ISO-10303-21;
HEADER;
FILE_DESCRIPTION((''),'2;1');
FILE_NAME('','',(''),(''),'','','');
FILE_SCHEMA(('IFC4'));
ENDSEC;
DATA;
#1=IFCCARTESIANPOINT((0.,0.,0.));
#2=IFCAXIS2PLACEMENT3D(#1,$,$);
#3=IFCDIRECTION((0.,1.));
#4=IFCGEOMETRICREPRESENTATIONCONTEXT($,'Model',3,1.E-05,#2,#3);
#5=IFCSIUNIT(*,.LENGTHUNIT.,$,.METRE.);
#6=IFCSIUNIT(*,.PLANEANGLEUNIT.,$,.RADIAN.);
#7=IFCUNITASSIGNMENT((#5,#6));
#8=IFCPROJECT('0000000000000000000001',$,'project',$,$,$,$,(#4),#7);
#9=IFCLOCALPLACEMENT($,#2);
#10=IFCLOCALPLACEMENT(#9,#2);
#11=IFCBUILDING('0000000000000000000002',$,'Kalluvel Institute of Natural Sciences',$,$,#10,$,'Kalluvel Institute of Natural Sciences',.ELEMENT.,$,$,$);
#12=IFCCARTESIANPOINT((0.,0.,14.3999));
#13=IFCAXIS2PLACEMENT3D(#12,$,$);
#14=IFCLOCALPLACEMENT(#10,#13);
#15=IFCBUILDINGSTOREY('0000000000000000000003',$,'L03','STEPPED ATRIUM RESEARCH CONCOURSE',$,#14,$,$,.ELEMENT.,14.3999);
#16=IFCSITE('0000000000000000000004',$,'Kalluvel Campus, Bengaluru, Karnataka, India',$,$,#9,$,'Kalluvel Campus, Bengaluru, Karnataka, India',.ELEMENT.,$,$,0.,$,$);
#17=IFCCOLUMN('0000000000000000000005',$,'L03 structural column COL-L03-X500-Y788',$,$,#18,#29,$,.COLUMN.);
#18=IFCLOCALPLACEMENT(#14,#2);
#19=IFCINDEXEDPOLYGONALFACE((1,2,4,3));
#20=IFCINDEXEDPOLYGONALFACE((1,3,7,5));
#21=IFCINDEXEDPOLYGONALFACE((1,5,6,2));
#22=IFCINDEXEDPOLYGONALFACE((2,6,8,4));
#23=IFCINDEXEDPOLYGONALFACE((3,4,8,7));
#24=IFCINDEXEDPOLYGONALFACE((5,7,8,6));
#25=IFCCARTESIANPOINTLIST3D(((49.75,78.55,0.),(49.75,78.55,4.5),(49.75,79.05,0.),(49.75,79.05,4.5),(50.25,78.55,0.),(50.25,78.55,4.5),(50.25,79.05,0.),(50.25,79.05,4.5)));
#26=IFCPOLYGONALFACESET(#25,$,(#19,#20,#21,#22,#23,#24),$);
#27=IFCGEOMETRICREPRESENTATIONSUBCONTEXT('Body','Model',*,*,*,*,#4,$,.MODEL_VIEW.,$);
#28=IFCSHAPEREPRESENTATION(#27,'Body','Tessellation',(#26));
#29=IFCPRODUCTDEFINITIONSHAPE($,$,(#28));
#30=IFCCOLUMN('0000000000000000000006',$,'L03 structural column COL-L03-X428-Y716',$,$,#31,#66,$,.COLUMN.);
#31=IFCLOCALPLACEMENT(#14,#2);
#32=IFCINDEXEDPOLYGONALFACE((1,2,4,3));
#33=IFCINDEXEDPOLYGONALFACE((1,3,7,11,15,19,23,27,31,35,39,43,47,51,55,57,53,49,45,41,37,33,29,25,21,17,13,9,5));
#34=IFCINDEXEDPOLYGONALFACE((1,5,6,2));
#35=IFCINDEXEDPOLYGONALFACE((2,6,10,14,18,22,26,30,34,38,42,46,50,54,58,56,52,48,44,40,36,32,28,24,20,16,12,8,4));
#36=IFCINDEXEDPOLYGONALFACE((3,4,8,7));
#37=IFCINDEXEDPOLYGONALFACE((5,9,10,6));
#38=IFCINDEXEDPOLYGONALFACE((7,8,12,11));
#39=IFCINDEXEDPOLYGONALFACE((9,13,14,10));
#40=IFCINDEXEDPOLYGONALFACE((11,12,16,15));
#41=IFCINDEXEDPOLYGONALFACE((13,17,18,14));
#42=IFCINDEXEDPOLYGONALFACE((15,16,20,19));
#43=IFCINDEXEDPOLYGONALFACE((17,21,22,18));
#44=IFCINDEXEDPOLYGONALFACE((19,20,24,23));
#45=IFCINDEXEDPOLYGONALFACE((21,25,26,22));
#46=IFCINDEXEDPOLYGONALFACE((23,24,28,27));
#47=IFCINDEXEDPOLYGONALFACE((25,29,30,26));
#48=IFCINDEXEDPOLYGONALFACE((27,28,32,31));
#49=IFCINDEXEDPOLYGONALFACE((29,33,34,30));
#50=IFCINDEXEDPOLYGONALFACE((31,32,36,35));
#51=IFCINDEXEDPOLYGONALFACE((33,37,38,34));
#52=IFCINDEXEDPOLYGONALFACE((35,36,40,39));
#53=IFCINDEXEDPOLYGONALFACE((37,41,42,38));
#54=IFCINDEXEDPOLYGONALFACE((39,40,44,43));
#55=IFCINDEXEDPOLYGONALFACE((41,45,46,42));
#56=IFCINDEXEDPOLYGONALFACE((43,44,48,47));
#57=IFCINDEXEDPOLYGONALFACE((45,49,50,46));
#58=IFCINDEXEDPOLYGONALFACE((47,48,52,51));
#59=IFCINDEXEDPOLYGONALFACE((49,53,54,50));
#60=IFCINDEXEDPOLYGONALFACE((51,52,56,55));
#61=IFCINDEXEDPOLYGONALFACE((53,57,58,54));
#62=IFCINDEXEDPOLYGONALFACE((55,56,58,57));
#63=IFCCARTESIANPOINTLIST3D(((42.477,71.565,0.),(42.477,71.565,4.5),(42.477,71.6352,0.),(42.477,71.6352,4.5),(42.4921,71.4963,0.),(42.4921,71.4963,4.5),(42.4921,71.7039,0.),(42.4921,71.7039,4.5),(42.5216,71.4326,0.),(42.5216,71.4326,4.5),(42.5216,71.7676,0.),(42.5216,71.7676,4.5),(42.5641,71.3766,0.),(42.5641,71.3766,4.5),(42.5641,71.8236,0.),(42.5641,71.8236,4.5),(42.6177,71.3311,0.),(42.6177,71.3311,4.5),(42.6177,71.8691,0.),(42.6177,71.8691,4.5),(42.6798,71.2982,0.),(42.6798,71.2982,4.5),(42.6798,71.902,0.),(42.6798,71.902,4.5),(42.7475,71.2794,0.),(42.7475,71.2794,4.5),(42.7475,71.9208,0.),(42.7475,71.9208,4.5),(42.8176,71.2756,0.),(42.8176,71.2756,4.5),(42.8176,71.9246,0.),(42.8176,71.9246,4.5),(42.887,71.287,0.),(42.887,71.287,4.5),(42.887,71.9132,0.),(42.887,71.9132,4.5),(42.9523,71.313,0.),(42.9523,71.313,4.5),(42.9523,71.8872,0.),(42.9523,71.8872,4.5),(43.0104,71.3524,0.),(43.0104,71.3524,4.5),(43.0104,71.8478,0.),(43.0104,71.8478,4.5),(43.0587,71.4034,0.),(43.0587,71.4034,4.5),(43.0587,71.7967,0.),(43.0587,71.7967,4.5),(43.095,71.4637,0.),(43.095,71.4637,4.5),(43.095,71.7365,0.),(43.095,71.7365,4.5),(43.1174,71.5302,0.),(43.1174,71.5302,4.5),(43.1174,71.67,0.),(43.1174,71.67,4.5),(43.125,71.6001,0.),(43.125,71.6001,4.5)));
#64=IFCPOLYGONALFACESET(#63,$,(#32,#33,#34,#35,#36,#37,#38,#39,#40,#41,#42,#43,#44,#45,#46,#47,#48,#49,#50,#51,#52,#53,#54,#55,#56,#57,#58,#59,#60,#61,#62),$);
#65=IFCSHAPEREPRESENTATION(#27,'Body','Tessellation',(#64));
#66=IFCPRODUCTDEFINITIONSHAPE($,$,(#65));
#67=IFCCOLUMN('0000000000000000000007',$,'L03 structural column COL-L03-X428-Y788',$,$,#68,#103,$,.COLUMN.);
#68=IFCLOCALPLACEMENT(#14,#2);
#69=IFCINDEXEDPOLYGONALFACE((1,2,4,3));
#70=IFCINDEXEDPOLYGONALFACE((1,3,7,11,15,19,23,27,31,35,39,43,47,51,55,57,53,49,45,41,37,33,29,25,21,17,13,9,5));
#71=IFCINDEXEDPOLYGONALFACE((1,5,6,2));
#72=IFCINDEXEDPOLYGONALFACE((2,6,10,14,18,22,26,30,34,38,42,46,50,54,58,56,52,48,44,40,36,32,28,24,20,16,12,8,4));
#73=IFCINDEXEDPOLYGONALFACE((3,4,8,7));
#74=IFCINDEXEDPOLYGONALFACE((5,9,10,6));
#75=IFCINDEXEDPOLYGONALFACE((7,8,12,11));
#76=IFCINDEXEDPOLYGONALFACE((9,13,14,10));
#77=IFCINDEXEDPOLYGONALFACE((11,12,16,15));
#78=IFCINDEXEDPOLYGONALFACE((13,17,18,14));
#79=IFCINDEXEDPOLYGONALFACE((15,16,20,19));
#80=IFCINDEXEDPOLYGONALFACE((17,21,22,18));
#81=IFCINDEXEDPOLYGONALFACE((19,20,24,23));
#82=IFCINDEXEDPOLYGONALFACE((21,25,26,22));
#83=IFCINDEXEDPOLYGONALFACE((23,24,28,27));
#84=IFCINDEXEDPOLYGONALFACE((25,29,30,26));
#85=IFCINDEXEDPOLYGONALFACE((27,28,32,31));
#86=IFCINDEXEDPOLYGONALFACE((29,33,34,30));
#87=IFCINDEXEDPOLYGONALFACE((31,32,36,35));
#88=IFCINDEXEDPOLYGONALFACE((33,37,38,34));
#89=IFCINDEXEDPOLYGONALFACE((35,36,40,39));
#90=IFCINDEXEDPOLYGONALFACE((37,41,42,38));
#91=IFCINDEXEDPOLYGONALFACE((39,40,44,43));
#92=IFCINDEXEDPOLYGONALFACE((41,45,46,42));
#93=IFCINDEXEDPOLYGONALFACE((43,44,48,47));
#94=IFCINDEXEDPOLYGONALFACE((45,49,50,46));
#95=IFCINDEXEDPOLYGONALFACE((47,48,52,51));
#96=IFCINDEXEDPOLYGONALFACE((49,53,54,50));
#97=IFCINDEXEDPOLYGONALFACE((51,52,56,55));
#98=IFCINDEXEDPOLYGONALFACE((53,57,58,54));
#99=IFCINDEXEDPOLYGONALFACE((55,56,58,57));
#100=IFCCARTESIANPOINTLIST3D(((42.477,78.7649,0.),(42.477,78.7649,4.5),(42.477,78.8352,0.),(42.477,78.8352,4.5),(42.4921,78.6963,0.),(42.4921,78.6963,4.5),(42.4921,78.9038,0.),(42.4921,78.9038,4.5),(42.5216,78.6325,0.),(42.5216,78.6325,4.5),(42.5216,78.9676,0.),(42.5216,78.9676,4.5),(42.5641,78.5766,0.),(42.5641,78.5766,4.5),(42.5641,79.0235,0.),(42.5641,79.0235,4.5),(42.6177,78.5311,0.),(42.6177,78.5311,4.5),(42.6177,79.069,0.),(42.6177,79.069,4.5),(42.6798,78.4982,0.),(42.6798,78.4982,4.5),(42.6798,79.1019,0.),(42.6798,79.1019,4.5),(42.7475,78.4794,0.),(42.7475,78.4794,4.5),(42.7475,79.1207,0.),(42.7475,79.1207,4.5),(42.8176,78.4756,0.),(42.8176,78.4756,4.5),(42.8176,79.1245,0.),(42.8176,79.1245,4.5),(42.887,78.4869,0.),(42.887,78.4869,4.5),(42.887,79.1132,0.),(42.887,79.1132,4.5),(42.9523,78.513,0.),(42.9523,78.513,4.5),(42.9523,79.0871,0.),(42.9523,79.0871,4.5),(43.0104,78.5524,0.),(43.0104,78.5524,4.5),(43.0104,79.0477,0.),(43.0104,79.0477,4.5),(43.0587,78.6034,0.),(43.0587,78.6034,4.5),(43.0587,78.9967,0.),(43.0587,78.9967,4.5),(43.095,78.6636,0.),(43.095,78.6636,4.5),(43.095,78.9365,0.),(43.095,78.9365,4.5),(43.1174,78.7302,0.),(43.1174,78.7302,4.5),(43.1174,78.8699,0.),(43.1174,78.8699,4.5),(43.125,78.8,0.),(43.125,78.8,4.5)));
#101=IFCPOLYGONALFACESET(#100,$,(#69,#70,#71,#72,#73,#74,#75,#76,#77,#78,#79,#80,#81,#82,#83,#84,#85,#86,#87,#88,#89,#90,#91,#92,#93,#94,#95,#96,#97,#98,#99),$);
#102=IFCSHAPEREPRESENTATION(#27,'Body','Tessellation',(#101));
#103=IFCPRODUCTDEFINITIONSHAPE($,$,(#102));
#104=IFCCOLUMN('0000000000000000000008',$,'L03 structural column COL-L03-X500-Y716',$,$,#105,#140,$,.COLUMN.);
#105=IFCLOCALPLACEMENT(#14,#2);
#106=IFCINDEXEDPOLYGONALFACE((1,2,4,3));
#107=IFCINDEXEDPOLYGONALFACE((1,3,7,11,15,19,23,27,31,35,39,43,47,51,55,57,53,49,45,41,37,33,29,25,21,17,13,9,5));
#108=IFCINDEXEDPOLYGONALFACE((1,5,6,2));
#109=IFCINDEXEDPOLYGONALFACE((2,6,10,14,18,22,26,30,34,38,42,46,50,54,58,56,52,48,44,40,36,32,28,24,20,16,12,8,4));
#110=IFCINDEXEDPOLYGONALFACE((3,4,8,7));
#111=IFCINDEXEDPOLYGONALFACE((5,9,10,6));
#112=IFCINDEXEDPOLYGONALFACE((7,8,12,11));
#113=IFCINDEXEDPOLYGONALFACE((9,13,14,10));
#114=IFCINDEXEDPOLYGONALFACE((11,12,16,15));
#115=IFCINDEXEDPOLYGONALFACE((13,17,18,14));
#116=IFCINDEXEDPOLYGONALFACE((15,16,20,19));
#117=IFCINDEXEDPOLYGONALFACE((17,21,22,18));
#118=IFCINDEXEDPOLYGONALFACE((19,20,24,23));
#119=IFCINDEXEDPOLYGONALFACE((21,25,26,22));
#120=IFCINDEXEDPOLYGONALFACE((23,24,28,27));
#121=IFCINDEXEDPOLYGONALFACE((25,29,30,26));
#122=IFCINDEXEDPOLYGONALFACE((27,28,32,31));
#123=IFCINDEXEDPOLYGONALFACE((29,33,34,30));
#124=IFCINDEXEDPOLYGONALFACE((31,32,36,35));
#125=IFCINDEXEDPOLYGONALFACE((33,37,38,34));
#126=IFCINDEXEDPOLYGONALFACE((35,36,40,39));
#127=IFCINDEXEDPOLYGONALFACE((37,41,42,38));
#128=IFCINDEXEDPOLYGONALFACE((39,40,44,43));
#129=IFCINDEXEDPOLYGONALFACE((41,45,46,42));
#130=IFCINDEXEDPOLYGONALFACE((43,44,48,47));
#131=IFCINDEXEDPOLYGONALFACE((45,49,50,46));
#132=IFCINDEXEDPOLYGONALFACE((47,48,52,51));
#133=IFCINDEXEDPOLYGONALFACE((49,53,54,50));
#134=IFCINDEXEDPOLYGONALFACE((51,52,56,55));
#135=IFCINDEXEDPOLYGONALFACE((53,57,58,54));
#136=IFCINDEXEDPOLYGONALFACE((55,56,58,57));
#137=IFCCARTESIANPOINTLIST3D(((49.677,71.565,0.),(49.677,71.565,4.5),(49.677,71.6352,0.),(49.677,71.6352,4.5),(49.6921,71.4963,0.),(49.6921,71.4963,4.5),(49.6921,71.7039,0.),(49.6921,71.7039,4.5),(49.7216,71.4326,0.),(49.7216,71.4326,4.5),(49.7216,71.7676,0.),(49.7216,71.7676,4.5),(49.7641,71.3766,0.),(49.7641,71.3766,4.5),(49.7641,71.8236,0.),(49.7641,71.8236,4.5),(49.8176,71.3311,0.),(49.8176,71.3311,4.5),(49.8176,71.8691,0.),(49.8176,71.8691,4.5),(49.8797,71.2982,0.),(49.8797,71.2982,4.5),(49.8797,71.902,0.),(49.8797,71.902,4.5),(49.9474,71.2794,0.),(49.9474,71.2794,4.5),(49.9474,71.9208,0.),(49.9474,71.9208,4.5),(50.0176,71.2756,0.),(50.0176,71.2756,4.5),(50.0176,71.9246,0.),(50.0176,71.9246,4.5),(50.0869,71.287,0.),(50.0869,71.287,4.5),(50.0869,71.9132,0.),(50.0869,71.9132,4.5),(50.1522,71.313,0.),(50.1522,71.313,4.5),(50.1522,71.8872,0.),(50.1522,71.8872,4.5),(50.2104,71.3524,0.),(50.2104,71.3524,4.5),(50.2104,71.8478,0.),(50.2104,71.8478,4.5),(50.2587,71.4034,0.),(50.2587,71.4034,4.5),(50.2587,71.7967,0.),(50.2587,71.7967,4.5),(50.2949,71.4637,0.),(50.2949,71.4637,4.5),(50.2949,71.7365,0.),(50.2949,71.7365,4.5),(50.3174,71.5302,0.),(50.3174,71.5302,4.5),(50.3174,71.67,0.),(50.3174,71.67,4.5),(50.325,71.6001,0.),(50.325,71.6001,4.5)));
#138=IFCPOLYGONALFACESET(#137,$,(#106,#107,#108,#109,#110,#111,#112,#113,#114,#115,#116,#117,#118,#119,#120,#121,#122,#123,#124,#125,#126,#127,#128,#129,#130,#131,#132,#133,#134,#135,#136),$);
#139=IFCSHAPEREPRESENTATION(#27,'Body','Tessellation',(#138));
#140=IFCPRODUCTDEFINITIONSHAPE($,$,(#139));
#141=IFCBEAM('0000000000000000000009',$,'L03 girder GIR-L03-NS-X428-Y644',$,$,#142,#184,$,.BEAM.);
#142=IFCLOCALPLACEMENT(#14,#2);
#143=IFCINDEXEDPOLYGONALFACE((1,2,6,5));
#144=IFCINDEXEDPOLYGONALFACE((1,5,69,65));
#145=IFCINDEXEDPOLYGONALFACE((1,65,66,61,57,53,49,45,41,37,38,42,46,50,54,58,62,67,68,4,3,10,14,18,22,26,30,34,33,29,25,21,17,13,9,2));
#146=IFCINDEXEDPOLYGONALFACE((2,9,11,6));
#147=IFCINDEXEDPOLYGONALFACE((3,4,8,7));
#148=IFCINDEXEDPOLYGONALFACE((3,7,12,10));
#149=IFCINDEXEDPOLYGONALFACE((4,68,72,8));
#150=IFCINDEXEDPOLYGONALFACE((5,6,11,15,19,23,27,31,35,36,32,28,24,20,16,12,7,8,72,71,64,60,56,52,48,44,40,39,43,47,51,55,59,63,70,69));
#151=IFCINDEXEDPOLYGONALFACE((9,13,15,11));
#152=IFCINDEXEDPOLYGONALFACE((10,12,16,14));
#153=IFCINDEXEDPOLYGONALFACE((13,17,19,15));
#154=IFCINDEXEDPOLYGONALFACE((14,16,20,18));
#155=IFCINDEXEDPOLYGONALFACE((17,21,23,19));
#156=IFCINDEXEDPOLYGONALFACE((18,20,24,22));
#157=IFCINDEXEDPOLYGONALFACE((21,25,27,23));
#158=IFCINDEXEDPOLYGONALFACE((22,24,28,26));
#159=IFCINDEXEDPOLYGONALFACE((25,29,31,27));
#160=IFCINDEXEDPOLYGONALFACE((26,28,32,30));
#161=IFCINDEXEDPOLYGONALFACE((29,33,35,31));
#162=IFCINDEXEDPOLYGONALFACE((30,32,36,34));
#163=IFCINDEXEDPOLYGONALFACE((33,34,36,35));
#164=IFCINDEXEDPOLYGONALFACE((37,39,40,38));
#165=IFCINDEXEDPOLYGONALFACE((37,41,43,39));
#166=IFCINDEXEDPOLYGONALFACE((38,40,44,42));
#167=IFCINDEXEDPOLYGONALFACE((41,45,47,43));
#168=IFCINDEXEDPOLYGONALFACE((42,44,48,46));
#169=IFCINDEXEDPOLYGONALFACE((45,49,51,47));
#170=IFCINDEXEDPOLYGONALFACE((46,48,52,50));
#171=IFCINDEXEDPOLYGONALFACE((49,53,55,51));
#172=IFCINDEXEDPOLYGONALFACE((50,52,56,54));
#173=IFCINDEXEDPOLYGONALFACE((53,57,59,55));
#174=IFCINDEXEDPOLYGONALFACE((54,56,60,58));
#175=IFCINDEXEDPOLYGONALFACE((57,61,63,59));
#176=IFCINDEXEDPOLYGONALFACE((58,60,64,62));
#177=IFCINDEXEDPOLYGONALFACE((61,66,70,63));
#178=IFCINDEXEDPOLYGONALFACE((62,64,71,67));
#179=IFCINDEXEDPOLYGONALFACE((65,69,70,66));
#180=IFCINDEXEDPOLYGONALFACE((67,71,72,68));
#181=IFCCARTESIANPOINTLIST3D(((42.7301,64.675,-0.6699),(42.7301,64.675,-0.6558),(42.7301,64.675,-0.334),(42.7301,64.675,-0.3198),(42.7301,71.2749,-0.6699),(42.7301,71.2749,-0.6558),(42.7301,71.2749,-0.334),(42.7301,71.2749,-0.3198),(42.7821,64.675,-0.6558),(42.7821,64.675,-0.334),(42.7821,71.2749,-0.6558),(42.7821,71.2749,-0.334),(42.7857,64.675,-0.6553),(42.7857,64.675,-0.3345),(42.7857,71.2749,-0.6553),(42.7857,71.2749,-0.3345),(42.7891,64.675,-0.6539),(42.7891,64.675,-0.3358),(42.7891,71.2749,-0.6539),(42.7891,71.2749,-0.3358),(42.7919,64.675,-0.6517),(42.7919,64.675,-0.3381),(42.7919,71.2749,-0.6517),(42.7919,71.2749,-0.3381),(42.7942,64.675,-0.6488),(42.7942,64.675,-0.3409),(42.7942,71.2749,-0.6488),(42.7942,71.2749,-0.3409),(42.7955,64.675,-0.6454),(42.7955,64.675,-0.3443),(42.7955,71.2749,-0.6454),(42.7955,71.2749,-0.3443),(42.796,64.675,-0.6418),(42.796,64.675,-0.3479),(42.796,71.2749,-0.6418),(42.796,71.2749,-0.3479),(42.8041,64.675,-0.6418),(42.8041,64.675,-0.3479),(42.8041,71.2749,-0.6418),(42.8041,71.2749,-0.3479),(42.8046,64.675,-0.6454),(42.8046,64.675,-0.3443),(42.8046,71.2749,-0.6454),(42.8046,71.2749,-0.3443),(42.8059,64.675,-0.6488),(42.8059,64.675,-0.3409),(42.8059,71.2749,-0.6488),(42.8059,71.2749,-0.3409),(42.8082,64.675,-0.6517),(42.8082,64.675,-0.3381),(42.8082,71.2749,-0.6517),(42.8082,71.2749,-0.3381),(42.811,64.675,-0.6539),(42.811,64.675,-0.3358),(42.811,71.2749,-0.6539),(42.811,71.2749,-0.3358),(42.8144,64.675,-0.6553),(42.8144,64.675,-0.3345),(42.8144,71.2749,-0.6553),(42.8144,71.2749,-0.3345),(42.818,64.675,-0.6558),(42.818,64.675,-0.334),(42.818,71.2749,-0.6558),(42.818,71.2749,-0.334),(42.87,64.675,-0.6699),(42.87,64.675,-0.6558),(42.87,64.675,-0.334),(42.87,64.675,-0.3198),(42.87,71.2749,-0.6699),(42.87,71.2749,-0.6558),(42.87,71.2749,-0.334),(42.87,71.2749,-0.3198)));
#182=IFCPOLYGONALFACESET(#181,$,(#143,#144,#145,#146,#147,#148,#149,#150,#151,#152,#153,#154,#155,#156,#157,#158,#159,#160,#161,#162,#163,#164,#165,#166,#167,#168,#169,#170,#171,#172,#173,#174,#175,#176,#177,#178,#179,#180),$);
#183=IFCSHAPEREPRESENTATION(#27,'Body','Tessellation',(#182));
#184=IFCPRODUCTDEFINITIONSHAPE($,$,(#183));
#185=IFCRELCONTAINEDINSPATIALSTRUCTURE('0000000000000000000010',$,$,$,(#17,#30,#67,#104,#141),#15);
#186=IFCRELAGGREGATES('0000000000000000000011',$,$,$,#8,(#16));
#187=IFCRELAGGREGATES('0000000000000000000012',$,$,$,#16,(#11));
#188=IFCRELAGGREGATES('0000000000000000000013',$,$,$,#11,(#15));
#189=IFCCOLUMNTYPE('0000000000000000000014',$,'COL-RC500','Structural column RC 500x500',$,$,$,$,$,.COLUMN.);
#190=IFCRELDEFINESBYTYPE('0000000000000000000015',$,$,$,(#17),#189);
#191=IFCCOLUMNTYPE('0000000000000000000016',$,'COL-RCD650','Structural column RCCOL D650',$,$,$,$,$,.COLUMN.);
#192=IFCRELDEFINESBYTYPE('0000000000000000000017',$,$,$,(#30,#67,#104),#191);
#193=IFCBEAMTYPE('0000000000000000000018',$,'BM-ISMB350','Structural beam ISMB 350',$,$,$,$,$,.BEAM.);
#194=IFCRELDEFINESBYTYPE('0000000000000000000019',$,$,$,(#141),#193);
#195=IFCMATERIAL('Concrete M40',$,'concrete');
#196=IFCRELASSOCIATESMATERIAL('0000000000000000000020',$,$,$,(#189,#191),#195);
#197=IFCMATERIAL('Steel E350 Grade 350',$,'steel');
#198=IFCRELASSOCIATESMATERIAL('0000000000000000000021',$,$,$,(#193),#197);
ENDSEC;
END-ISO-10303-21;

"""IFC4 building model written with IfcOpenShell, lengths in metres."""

from ifc_helpers import new_model, si_unit, direction, frame, origin, origin_2d, place, context, subcontext, project, spatial, rectangle, circle, i_section, extrude, material, material_profile, profile_set, type_object, element, save


model = new_model("IFC4")

# Units and contexts
model_context = context("Model", 3, precision=1e-05, world=origin(), true_north=direction((0.0, 1.0)))
body_context = subcontext(model_context, "Body", "Model", "MODEL_VIEW")
ifc_project = project(units=[si_unit("LENGTHUNIT", "METRE"), si_unit("PLANEANGLEUNIT", "RADIAN")], contexts=[model_context])

# Site, building, storey
site_placement = place(None, origin())
site = spatial("IfcSite", under=ifc_project, at=site_placement, Name="Kalluvel Campus, Bengaluru, Karnataka, India", LongName="Kalluvel Campus, Bengaluru, Karnataka, India", CompositionType="ELEMENT", RefElevation=0.0)
building_placement = place(site_placement, origin())
building = spatial("IfcBuilding", under=site, at=building_placement, Name="Kalluvel Institute of Natural Sciences", LongName="Kalluvel Institute of Natural Sciences", CompositionType="ELEMENT")
storey_placement = place(building_placement, frame((0.0, 0.0, 14.3999)))
storey = spatial("IfcBuildingStorey", under=building, at=storey_placement, Name="L03", Description="STEPPED ATRIUM RESEARCH CONCOURSE", CompositionType="ELEMENT", Elevation=14.3999)

# Columns
ifc_material_1 = material(Name="Concrete M40", Category="concrete")
ifc_material_profile_1 = material_profile(ifc_material_1, rectangle(XDim=0.5, YDim=0.5, at=origin_2d()), Name="RC 500x500")
ifc_profile_set_1 = profile_set([ifc_material_profile_1], Name="Concrete M40")
column_type_1 = type_object("IfcColumnType", Name="COL-RC500", Description="Structural column RC 500x500", PredefinedType="COLUMN", material=ifc_profile_set_1)
column_placement = place(storey_placement, frame((50.0, 78.8, 0.0), z_axis=(0.0, 0.0, 1.0), x_axis=(1.0, 0.0, 0.0)))
element("IfcColumn", 1, at=column_placement, inside=storey, type_object=column_type_1, Name="L03 structural column COL-L03-X500-Y788", PredefinedType="COLUMN", context=body_context, shape_type="SweptSolid", body=[
    extrude(rectangle(XDim=0.5, YDim=0.5, at=origin_2d()), origin(), (0.0, 0.0, 1.0), 4.5),
])
ifc_material_profile_2 = material_profile(ifc_material_1, circle(Radius=0.325, at=origin_2d()), Name="RCCOL D650")
ifc_profile_set_2 = profile_set([ifc_material_profile_2], Name="Concrete M40")
column_type_2 = type_object("IfcColumnType", Name="COL-RCD650", Description="Structural column RCCOL D650", PredefinedType="COLUMN", material=ifc_profile_set_2)
for number, where, z_axis, x_axis, name in (
    (2, (42.8, 71.6001, 0.0), (0.0, 0.0, 1.0), (1.0, 0.0, 0.0), "L03 structural column COL-L03-X428-Y716"),
    (3, (42.8, 78.8, 0.0), (0.0, 0.0, 1.0), (1.0, 0.0, 0.0), "L03 structural column COL-L03-X428-Y788"),
    (4, (50.0, 71.6001, 0.0), (0.0, 0.0, 1.0), (1.0, 0.0, 0.0), "L03 structural column COL-L03-X500-Y716"),
):
    element("IfcColumn", number, at=place(storey_placement, frame(where, z_axis=z_axis, x_axis=x_axis)), inside=storey, type_object=column_type_2, Name=name, PredefinedType="COLUMN", context=body_context, shape_type="SweptSolid", body=[
        extrude(circle(Radius=0.325, at=origin_2d()), origin(), (0.0, 0.0, 1.0), 4.5),
    ])

# Beam
ifc_material_2 = material(Name="Steel E350 Grade 350", Category="steel")
ifc_material_profile_3 = material_profile(ifc_material_2, i_section(OverallWidth=0.1399, OverallDepth=0.3501, WebThickness=0.0081, FlangeThickness=0.0142, FilletRadius=0.0139, at=origin_2d()), Name="ISMB 350")
ifc_profile_set_3 = profile_set([ifc_material_profile_3], Name="Steel E350 Grade 350")
beam_type_1 = type_object("IfcBeamType", Name="BM-ISMB350", Description="Structural beam ISMB 350", PredefinedType="BEAM", material=ifc_profile_set_3)
beam_1_placement = place(storey_placement, frame((42.8, 64.675, -0.4949), z_axis=(0.0, 1.0, 0.0), x_axis=(-1.0, 0.0, 0.0)))
element("IfcBeam", 5, at=beam_1_placement, inside=storey, type_object=beam_type_1, Name="L03 girder GIR-L03-NS-X428-Y644", PredefinedType="BEAM", context=body_context, shape_type="SweptSolid", body=[
    extrude(i_section(OverallWidth=0.1399, OverallDepth=0.3501, WebThickness=0.0081, FlangeThickness=0.0142, FilletRadius=0.0139, at=origin_2d()), origin(), (0.0, 0.0, 1.0), 6.5999),
])

save(model, "model.ifc")
